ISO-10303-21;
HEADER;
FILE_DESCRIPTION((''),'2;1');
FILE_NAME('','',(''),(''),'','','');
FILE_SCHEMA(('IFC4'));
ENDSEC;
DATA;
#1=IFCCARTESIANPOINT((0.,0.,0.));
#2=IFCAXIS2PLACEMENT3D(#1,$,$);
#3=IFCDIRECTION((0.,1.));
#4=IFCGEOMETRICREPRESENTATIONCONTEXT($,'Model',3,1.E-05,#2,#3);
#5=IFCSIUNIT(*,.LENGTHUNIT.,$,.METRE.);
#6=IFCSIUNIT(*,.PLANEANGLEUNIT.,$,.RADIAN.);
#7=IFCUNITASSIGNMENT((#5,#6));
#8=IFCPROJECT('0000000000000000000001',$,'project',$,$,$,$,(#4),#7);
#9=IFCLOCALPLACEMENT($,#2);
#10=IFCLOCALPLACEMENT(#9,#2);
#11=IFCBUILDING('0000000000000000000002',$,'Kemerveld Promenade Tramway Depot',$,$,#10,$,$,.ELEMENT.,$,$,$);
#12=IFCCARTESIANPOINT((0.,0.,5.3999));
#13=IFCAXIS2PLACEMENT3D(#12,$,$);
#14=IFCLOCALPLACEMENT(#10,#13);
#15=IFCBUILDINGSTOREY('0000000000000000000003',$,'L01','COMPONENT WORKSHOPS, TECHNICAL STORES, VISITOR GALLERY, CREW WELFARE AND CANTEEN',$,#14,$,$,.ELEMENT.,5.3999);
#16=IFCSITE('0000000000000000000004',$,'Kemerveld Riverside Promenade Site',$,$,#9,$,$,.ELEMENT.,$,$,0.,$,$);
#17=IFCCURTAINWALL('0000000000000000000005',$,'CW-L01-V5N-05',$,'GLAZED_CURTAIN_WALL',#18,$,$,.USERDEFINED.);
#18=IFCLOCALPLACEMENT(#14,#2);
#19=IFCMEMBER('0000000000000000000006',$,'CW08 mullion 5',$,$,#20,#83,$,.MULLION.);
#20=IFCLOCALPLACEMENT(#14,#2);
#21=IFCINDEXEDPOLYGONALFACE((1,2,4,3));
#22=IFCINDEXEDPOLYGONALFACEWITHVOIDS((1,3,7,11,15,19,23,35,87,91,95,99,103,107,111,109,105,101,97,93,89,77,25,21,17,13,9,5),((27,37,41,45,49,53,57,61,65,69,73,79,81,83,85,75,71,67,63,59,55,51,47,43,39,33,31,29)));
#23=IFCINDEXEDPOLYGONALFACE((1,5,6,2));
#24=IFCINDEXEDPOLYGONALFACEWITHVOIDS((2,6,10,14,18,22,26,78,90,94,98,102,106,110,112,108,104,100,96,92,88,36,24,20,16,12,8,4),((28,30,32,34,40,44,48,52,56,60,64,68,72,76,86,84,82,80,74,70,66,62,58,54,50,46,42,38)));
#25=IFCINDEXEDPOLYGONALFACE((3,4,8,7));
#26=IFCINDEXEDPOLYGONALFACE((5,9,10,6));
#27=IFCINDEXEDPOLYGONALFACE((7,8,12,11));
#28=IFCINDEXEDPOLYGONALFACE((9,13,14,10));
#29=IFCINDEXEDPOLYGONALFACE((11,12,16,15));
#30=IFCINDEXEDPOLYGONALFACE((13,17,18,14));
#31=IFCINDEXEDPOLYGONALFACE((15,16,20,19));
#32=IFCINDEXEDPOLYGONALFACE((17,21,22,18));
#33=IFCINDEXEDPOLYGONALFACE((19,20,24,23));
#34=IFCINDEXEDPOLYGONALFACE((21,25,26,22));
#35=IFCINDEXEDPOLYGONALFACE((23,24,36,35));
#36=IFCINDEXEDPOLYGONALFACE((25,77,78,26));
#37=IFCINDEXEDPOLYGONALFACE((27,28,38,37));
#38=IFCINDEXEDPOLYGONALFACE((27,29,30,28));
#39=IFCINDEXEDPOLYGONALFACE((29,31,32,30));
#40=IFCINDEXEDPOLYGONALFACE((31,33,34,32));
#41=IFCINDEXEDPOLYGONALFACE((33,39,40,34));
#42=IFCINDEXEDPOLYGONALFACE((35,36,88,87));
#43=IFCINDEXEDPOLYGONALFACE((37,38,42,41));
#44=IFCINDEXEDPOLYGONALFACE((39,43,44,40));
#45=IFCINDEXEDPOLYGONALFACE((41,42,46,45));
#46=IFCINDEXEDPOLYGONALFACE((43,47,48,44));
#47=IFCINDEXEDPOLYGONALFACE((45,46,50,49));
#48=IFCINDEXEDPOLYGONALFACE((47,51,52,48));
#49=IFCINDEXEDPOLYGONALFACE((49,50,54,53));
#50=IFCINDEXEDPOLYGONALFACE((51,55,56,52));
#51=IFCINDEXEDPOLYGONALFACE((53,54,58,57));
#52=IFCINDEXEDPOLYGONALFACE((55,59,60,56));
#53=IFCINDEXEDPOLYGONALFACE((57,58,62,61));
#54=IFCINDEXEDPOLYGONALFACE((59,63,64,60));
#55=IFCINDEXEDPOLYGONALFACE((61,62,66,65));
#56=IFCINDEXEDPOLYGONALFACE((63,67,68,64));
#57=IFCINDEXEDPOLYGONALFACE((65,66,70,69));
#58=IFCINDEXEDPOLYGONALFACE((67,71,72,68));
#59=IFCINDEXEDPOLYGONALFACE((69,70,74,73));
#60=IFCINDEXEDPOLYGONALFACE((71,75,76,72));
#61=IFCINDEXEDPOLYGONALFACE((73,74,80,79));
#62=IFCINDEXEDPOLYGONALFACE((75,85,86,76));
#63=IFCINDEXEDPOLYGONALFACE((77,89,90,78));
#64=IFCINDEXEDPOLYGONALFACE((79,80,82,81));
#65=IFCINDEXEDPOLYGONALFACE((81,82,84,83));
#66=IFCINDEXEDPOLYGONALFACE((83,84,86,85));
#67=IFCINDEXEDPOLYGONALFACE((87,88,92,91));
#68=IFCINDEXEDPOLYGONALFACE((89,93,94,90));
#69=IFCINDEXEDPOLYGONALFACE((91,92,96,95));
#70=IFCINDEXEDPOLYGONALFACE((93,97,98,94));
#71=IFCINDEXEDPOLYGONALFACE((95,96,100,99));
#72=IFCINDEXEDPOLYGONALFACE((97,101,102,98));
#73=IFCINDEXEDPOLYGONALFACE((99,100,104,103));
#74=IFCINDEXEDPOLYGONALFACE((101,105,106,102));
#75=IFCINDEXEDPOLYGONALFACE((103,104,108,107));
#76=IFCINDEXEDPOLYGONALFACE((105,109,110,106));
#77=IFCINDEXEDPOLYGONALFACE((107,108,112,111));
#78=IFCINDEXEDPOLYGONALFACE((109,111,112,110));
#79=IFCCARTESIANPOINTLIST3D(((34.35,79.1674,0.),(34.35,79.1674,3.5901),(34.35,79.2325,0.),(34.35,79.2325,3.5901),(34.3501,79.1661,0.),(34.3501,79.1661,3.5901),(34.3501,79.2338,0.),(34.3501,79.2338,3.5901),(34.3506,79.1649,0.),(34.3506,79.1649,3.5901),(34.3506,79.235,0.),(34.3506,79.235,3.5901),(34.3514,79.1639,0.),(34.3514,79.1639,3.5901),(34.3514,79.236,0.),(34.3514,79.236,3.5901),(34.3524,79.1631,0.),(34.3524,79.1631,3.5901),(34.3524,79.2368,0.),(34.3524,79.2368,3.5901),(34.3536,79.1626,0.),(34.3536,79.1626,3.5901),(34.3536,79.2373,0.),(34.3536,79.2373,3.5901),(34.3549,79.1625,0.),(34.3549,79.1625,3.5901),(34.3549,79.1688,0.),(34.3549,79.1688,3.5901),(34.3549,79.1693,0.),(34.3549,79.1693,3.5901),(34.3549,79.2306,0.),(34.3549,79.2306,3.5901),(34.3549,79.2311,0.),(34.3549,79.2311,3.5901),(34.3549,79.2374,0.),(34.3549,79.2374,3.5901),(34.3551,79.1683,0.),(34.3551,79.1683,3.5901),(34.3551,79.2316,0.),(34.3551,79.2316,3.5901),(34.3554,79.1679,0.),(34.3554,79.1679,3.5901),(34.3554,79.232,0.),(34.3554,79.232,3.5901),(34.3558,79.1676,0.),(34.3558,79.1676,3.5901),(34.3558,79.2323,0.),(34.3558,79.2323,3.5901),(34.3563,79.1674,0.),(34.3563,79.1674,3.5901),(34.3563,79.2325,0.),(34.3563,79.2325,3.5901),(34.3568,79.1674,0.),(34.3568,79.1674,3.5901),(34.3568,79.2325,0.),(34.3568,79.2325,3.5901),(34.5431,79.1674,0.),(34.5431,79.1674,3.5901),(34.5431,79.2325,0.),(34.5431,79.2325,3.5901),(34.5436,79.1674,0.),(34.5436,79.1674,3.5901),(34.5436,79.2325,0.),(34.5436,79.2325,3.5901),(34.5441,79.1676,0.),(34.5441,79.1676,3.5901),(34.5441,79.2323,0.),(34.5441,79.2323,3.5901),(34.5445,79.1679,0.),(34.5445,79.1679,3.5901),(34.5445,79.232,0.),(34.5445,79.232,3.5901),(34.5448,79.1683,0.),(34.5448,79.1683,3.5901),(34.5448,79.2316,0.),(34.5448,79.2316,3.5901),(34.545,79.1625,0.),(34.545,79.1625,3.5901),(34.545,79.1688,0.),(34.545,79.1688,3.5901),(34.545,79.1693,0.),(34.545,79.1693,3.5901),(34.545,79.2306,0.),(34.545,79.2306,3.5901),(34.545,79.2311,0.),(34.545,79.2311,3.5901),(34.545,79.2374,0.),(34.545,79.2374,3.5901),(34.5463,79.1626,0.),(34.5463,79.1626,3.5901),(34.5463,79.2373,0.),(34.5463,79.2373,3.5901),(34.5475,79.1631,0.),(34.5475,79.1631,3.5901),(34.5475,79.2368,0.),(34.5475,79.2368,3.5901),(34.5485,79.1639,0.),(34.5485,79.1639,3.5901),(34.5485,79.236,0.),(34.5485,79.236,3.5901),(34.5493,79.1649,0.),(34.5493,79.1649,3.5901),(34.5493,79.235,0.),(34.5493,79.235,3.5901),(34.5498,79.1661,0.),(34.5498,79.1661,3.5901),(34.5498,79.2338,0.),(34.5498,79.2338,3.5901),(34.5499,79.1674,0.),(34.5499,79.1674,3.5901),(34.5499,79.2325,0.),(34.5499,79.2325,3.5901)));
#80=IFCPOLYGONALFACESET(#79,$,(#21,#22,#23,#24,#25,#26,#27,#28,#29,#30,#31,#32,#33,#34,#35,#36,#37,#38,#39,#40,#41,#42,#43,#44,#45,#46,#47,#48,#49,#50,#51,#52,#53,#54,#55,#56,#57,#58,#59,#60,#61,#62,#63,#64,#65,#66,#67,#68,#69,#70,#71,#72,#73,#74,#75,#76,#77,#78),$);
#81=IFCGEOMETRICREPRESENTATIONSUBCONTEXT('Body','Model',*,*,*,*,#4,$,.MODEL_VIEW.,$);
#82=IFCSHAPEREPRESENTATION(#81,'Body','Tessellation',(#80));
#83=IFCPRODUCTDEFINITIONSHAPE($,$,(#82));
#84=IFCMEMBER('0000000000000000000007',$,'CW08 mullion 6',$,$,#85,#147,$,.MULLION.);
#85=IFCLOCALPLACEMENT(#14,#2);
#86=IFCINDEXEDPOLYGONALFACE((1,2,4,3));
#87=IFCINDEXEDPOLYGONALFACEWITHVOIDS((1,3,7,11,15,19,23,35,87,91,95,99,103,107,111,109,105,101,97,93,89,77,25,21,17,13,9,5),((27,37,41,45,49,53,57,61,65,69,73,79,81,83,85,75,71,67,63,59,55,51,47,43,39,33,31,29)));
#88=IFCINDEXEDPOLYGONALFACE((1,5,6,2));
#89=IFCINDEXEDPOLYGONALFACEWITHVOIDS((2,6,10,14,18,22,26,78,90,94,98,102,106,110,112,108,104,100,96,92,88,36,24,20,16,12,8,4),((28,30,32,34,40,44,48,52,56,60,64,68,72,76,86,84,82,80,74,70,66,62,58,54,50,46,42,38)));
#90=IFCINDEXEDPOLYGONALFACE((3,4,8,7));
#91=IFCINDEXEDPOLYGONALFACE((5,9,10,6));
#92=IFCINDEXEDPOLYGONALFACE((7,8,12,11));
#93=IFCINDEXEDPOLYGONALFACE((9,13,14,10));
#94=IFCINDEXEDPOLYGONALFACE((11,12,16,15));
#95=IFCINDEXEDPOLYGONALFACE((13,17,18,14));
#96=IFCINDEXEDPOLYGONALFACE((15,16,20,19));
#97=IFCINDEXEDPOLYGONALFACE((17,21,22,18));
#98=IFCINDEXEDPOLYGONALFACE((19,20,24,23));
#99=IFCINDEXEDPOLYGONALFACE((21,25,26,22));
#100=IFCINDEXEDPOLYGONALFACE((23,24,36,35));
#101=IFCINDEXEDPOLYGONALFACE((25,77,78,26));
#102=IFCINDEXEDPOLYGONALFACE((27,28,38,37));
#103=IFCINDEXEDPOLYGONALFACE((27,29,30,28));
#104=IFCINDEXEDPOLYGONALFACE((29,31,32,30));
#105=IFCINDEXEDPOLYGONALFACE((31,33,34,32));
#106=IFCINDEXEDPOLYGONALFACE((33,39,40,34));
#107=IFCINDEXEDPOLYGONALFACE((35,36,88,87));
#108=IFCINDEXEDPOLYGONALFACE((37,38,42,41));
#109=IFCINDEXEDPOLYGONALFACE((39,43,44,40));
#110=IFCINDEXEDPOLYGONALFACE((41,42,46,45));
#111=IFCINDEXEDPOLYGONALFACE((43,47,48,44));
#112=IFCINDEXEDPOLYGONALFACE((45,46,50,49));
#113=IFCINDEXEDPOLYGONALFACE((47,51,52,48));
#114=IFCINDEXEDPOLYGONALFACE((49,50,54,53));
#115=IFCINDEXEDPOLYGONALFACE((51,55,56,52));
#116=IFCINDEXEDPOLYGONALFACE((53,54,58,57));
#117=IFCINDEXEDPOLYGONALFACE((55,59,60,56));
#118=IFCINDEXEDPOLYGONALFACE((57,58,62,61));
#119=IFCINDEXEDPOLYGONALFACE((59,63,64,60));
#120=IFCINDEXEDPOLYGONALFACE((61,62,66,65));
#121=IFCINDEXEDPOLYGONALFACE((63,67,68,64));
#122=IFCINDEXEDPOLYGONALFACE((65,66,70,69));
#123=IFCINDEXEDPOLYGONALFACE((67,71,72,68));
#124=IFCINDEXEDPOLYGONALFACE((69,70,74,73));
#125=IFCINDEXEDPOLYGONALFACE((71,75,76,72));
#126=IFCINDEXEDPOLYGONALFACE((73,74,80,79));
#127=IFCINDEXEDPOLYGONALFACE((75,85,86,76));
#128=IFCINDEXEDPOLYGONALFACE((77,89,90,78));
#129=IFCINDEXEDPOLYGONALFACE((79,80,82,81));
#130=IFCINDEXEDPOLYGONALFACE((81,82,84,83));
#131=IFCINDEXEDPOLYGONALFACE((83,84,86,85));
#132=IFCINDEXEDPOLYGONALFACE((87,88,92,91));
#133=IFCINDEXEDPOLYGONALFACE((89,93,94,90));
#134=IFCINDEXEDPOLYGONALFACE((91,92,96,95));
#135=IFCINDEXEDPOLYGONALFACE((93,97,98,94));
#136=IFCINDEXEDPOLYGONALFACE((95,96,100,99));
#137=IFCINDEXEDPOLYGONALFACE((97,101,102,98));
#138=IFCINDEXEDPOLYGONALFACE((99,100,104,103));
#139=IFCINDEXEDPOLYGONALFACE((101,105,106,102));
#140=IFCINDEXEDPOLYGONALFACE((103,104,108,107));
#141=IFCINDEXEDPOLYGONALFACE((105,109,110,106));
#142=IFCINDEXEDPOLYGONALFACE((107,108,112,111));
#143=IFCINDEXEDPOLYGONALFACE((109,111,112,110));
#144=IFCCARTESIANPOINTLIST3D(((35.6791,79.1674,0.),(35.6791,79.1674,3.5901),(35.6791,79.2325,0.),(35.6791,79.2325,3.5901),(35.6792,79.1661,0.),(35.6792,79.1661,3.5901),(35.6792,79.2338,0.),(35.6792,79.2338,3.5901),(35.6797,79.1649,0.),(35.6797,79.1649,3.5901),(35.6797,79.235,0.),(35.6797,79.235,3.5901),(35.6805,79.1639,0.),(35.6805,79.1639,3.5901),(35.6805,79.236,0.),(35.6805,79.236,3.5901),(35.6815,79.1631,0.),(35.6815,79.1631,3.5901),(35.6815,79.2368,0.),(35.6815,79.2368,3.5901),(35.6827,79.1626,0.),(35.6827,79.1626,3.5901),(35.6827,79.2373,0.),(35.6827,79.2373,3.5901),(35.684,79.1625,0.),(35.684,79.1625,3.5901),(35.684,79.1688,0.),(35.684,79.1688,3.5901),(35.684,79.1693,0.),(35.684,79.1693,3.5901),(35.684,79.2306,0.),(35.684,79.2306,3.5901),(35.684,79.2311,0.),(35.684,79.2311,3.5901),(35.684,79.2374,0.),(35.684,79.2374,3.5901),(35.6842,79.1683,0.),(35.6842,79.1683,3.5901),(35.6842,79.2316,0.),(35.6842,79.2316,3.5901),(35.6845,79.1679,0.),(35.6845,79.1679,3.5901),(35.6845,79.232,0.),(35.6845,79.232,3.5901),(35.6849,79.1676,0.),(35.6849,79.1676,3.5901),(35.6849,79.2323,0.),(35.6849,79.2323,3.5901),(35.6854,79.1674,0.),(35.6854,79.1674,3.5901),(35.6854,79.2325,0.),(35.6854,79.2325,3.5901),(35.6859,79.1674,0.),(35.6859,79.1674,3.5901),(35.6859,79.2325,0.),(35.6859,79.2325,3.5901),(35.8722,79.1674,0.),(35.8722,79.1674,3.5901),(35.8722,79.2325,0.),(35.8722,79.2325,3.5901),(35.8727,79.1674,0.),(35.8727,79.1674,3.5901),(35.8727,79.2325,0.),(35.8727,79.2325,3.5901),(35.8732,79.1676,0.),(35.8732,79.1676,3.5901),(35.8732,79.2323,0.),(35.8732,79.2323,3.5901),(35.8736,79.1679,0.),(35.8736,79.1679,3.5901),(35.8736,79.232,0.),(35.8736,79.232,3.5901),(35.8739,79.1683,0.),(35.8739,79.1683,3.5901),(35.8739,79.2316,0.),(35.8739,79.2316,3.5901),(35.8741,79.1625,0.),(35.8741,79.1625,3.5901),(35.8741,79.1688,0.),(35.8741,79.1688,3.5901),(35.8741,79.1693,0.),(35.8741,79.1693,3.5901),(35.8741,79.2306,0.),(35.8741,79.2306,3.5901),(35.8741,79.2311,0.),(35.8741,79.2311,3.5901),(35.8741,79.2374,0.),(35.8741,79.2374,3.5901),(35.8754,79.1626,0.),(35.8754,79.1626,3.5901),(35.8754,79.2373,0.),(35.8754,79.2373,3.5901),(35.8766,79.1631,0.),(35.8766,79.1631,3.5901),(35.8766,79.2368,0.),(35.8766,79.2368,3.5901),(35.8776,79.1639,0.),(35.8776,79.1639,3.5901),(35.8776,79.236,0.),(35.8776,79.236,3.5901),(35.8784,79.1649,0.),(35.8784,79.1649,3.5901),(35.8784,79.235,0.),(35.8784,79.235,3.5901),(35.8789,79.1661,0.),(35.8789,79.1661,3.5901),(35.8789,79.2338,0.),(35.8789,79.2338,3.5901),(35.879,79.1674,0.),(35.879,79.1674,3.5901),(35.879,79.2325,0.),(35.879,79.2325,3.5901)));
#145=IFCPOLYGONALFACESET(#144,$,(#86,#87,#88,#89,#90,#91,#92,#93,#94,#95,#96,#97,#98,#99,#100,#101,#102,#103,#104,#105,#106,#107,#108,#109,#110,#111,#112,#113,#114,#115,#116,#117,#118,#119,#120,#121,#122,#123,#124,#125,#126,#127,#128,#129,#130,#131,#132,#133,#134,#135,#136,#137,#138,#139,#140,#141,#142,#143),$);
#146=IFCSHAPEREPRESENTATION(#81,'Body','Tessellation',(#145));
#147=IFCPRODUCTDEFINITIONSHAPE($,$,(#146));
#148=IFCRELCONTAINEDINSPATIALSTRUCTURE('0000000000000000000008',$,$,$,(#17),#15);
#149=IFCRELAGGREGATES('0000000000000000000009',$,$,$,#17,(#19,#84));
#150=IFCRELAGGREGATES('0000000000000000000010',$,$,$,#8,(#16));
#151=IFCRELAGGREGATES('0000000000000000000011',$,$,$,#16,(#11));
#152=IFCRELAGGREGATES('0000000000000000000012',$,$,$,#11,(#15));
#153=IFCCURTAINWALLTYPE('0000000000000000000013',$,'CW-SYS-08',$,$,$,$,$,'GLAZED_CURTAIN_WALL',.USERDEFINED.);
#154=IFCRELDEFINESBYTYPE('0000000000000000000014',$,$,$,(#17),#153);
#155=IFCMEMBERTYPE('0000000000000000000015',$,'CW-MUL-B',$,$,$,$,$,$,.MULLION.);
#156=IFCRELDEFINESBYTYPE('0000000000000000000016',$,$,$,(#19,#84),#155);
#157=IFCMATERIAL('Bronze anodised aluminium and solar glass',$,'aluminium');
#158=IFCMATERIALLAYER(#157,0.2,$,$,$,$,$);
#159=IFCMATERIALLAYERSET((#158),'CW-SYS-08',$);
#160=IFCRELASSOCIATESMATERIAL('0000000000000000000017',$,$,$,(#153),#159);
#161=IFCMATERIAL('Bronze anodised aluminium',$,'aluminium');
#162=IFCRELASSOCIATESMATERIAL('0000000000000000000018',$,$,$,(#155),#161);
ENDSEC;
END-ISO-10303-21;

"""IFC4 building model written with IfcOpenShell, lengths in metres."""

from ifc_helpers import new_model, si_unit, direction, frame, origin, origin_2d, place, context, subcontext, project, spatial, hollow_rectangle, extrude, material, layer, layer_set, material_profile, profile_set, type_object, element, aggregate, save


model = new_model("IFC4")

# Units and contexts
model_context = context("Model", 3, precision=1e-05, world=origin(), true_north=direction((0.0, 1.0)))
body_context = subcontext(model_context, "Body", "Model", "MODEL_VIEW")
ifc_project = project(units=[si_unit("LENGTHUNIT", "METRE"), si_unit("PLANEANGLEUNIT", "RADIAN")], contexts=[model_context])

# Site, building, storey
site_placement = place(None, origin())
site = spatial("IfcSite", under=ifc_project, at=site_placement, Name="Kemerveld Riverside Promenade Site", CompositionType="ELEMENT", RefElevation=0.0)
building_placement = place(site_placement, origin())
building = spatial("IfcBuilding", under=site, at=building_placement, Name="Kemerveld Promenade Tramway Depot", CompositionType="ELEMENT")
storey_placement = place(building_placement, frame((0.0, 0.0, 5.3999)))
storey = spatial("IfcBuildingStorey", under=building, at=storey_placement, Name="L01", Description="COMPONENT WORKSHOPS, TECHNICAL STORES, VISITOR GALLERY, CREW WELFARE AND CANTEEN", CompositionType="ELEMENT", Elevation=5.3999)

# Curtain wall, members
ifc_material_1 = material(Name="Bronze anodised aluminium and solar glass", Category="aluminium")
ifc_layer_1 = layer(ifc_material_1, 0.2)
ifc_layer_set_1 = layer_set([ifc_layer_1], Name="CW-SYS-08")
curtain_wall_type = type_object("IfcCurtainWallType", Name="CW-SYS-08", ElementType="GLAZED_CURTAIN_WALL", PredefinedType="USERDEFINED", material=ifc_layer_set_1)
curtain_wall_placement = place(storey_placement, origin())
curtain_wall = element("IfcCurtainWall", 1, at=curtain_wall_placement, inside=storey, type_object=curtain_wall_type, Name="CW-L01-V5N-05", ObjectType="GLAZED_CURTAIN_WALL", PredefinedType="USERDEFINED")
ifc_material_2 = material(Name="Bronze anodised aluminium", Category="aluminium")
ifc_material_profile_1 = material_profile(ifc_material_2, hollow_rectangle(XDim=0.075, YDim=0.2, WallThickness=0.0049, InnerFilletRadius=0.002, OuterFilletRadius=0.0049, at=origin_2d()), Name="CW-MUL-200x75")
ifc_profile_set_1 = profile_set([ifc_material_profile_1], Name="Bronze anodised aluminium")
member_type_1 = type_object("IfcMemberType", Name="CW-MUL-B", PredefinedType="MULLION", material=ifc_profile_set_1)
member_1_placement = place(storey_placement, frame((34.45, 79.2, 0.0), z_axis=(0.0, 0.0, 1.0), x_axis=(0.0, 1.0, 0.0)))
member_1 = element("IfcMember", 2, at=member_1_placement, type_object=member_type_1, Name="CW08 mullion 5", PredefinedType="MULLION", context=body_context, shape_type="SweptSolid", body=[
    extrude(hollow_rectangle(XDim=0.075, YDim=0.2, WallThickness=0.0049, InnerFilletRadius=0.002, OuterFilletRadius=0.0049, at=origin_2d()), origin(), (0.0, 0.0, 1.0), 3.5901),
])
member_2_placement = place(storey_placement, frame((35.7791, 79.2, 0.0), z_axis=(0.0, 0.0, 1.0), x_axis=(0.0, 1.0, 0.0)))
member_2 = element("IfcMember", 3, at=member_2_placement, type_object=member_type_1, Name="CW08 mullion 6", PredefinedType="MULLION", context=body_context, shape_type="SweptSolid", body=[
    extrude(hollow_rectangle(XDim=0.075, YDim=0.2, WallThickness=0.0049, InnerFilletRadius=0.002, OuterFilletRadius=0.0049, at=origin_2d()), origin(), (0.0, 0.0, 1.0), 3.5901),
])
aggregate(curtain_wall, [member_1, member_2])

save(model, "model.ifc")
